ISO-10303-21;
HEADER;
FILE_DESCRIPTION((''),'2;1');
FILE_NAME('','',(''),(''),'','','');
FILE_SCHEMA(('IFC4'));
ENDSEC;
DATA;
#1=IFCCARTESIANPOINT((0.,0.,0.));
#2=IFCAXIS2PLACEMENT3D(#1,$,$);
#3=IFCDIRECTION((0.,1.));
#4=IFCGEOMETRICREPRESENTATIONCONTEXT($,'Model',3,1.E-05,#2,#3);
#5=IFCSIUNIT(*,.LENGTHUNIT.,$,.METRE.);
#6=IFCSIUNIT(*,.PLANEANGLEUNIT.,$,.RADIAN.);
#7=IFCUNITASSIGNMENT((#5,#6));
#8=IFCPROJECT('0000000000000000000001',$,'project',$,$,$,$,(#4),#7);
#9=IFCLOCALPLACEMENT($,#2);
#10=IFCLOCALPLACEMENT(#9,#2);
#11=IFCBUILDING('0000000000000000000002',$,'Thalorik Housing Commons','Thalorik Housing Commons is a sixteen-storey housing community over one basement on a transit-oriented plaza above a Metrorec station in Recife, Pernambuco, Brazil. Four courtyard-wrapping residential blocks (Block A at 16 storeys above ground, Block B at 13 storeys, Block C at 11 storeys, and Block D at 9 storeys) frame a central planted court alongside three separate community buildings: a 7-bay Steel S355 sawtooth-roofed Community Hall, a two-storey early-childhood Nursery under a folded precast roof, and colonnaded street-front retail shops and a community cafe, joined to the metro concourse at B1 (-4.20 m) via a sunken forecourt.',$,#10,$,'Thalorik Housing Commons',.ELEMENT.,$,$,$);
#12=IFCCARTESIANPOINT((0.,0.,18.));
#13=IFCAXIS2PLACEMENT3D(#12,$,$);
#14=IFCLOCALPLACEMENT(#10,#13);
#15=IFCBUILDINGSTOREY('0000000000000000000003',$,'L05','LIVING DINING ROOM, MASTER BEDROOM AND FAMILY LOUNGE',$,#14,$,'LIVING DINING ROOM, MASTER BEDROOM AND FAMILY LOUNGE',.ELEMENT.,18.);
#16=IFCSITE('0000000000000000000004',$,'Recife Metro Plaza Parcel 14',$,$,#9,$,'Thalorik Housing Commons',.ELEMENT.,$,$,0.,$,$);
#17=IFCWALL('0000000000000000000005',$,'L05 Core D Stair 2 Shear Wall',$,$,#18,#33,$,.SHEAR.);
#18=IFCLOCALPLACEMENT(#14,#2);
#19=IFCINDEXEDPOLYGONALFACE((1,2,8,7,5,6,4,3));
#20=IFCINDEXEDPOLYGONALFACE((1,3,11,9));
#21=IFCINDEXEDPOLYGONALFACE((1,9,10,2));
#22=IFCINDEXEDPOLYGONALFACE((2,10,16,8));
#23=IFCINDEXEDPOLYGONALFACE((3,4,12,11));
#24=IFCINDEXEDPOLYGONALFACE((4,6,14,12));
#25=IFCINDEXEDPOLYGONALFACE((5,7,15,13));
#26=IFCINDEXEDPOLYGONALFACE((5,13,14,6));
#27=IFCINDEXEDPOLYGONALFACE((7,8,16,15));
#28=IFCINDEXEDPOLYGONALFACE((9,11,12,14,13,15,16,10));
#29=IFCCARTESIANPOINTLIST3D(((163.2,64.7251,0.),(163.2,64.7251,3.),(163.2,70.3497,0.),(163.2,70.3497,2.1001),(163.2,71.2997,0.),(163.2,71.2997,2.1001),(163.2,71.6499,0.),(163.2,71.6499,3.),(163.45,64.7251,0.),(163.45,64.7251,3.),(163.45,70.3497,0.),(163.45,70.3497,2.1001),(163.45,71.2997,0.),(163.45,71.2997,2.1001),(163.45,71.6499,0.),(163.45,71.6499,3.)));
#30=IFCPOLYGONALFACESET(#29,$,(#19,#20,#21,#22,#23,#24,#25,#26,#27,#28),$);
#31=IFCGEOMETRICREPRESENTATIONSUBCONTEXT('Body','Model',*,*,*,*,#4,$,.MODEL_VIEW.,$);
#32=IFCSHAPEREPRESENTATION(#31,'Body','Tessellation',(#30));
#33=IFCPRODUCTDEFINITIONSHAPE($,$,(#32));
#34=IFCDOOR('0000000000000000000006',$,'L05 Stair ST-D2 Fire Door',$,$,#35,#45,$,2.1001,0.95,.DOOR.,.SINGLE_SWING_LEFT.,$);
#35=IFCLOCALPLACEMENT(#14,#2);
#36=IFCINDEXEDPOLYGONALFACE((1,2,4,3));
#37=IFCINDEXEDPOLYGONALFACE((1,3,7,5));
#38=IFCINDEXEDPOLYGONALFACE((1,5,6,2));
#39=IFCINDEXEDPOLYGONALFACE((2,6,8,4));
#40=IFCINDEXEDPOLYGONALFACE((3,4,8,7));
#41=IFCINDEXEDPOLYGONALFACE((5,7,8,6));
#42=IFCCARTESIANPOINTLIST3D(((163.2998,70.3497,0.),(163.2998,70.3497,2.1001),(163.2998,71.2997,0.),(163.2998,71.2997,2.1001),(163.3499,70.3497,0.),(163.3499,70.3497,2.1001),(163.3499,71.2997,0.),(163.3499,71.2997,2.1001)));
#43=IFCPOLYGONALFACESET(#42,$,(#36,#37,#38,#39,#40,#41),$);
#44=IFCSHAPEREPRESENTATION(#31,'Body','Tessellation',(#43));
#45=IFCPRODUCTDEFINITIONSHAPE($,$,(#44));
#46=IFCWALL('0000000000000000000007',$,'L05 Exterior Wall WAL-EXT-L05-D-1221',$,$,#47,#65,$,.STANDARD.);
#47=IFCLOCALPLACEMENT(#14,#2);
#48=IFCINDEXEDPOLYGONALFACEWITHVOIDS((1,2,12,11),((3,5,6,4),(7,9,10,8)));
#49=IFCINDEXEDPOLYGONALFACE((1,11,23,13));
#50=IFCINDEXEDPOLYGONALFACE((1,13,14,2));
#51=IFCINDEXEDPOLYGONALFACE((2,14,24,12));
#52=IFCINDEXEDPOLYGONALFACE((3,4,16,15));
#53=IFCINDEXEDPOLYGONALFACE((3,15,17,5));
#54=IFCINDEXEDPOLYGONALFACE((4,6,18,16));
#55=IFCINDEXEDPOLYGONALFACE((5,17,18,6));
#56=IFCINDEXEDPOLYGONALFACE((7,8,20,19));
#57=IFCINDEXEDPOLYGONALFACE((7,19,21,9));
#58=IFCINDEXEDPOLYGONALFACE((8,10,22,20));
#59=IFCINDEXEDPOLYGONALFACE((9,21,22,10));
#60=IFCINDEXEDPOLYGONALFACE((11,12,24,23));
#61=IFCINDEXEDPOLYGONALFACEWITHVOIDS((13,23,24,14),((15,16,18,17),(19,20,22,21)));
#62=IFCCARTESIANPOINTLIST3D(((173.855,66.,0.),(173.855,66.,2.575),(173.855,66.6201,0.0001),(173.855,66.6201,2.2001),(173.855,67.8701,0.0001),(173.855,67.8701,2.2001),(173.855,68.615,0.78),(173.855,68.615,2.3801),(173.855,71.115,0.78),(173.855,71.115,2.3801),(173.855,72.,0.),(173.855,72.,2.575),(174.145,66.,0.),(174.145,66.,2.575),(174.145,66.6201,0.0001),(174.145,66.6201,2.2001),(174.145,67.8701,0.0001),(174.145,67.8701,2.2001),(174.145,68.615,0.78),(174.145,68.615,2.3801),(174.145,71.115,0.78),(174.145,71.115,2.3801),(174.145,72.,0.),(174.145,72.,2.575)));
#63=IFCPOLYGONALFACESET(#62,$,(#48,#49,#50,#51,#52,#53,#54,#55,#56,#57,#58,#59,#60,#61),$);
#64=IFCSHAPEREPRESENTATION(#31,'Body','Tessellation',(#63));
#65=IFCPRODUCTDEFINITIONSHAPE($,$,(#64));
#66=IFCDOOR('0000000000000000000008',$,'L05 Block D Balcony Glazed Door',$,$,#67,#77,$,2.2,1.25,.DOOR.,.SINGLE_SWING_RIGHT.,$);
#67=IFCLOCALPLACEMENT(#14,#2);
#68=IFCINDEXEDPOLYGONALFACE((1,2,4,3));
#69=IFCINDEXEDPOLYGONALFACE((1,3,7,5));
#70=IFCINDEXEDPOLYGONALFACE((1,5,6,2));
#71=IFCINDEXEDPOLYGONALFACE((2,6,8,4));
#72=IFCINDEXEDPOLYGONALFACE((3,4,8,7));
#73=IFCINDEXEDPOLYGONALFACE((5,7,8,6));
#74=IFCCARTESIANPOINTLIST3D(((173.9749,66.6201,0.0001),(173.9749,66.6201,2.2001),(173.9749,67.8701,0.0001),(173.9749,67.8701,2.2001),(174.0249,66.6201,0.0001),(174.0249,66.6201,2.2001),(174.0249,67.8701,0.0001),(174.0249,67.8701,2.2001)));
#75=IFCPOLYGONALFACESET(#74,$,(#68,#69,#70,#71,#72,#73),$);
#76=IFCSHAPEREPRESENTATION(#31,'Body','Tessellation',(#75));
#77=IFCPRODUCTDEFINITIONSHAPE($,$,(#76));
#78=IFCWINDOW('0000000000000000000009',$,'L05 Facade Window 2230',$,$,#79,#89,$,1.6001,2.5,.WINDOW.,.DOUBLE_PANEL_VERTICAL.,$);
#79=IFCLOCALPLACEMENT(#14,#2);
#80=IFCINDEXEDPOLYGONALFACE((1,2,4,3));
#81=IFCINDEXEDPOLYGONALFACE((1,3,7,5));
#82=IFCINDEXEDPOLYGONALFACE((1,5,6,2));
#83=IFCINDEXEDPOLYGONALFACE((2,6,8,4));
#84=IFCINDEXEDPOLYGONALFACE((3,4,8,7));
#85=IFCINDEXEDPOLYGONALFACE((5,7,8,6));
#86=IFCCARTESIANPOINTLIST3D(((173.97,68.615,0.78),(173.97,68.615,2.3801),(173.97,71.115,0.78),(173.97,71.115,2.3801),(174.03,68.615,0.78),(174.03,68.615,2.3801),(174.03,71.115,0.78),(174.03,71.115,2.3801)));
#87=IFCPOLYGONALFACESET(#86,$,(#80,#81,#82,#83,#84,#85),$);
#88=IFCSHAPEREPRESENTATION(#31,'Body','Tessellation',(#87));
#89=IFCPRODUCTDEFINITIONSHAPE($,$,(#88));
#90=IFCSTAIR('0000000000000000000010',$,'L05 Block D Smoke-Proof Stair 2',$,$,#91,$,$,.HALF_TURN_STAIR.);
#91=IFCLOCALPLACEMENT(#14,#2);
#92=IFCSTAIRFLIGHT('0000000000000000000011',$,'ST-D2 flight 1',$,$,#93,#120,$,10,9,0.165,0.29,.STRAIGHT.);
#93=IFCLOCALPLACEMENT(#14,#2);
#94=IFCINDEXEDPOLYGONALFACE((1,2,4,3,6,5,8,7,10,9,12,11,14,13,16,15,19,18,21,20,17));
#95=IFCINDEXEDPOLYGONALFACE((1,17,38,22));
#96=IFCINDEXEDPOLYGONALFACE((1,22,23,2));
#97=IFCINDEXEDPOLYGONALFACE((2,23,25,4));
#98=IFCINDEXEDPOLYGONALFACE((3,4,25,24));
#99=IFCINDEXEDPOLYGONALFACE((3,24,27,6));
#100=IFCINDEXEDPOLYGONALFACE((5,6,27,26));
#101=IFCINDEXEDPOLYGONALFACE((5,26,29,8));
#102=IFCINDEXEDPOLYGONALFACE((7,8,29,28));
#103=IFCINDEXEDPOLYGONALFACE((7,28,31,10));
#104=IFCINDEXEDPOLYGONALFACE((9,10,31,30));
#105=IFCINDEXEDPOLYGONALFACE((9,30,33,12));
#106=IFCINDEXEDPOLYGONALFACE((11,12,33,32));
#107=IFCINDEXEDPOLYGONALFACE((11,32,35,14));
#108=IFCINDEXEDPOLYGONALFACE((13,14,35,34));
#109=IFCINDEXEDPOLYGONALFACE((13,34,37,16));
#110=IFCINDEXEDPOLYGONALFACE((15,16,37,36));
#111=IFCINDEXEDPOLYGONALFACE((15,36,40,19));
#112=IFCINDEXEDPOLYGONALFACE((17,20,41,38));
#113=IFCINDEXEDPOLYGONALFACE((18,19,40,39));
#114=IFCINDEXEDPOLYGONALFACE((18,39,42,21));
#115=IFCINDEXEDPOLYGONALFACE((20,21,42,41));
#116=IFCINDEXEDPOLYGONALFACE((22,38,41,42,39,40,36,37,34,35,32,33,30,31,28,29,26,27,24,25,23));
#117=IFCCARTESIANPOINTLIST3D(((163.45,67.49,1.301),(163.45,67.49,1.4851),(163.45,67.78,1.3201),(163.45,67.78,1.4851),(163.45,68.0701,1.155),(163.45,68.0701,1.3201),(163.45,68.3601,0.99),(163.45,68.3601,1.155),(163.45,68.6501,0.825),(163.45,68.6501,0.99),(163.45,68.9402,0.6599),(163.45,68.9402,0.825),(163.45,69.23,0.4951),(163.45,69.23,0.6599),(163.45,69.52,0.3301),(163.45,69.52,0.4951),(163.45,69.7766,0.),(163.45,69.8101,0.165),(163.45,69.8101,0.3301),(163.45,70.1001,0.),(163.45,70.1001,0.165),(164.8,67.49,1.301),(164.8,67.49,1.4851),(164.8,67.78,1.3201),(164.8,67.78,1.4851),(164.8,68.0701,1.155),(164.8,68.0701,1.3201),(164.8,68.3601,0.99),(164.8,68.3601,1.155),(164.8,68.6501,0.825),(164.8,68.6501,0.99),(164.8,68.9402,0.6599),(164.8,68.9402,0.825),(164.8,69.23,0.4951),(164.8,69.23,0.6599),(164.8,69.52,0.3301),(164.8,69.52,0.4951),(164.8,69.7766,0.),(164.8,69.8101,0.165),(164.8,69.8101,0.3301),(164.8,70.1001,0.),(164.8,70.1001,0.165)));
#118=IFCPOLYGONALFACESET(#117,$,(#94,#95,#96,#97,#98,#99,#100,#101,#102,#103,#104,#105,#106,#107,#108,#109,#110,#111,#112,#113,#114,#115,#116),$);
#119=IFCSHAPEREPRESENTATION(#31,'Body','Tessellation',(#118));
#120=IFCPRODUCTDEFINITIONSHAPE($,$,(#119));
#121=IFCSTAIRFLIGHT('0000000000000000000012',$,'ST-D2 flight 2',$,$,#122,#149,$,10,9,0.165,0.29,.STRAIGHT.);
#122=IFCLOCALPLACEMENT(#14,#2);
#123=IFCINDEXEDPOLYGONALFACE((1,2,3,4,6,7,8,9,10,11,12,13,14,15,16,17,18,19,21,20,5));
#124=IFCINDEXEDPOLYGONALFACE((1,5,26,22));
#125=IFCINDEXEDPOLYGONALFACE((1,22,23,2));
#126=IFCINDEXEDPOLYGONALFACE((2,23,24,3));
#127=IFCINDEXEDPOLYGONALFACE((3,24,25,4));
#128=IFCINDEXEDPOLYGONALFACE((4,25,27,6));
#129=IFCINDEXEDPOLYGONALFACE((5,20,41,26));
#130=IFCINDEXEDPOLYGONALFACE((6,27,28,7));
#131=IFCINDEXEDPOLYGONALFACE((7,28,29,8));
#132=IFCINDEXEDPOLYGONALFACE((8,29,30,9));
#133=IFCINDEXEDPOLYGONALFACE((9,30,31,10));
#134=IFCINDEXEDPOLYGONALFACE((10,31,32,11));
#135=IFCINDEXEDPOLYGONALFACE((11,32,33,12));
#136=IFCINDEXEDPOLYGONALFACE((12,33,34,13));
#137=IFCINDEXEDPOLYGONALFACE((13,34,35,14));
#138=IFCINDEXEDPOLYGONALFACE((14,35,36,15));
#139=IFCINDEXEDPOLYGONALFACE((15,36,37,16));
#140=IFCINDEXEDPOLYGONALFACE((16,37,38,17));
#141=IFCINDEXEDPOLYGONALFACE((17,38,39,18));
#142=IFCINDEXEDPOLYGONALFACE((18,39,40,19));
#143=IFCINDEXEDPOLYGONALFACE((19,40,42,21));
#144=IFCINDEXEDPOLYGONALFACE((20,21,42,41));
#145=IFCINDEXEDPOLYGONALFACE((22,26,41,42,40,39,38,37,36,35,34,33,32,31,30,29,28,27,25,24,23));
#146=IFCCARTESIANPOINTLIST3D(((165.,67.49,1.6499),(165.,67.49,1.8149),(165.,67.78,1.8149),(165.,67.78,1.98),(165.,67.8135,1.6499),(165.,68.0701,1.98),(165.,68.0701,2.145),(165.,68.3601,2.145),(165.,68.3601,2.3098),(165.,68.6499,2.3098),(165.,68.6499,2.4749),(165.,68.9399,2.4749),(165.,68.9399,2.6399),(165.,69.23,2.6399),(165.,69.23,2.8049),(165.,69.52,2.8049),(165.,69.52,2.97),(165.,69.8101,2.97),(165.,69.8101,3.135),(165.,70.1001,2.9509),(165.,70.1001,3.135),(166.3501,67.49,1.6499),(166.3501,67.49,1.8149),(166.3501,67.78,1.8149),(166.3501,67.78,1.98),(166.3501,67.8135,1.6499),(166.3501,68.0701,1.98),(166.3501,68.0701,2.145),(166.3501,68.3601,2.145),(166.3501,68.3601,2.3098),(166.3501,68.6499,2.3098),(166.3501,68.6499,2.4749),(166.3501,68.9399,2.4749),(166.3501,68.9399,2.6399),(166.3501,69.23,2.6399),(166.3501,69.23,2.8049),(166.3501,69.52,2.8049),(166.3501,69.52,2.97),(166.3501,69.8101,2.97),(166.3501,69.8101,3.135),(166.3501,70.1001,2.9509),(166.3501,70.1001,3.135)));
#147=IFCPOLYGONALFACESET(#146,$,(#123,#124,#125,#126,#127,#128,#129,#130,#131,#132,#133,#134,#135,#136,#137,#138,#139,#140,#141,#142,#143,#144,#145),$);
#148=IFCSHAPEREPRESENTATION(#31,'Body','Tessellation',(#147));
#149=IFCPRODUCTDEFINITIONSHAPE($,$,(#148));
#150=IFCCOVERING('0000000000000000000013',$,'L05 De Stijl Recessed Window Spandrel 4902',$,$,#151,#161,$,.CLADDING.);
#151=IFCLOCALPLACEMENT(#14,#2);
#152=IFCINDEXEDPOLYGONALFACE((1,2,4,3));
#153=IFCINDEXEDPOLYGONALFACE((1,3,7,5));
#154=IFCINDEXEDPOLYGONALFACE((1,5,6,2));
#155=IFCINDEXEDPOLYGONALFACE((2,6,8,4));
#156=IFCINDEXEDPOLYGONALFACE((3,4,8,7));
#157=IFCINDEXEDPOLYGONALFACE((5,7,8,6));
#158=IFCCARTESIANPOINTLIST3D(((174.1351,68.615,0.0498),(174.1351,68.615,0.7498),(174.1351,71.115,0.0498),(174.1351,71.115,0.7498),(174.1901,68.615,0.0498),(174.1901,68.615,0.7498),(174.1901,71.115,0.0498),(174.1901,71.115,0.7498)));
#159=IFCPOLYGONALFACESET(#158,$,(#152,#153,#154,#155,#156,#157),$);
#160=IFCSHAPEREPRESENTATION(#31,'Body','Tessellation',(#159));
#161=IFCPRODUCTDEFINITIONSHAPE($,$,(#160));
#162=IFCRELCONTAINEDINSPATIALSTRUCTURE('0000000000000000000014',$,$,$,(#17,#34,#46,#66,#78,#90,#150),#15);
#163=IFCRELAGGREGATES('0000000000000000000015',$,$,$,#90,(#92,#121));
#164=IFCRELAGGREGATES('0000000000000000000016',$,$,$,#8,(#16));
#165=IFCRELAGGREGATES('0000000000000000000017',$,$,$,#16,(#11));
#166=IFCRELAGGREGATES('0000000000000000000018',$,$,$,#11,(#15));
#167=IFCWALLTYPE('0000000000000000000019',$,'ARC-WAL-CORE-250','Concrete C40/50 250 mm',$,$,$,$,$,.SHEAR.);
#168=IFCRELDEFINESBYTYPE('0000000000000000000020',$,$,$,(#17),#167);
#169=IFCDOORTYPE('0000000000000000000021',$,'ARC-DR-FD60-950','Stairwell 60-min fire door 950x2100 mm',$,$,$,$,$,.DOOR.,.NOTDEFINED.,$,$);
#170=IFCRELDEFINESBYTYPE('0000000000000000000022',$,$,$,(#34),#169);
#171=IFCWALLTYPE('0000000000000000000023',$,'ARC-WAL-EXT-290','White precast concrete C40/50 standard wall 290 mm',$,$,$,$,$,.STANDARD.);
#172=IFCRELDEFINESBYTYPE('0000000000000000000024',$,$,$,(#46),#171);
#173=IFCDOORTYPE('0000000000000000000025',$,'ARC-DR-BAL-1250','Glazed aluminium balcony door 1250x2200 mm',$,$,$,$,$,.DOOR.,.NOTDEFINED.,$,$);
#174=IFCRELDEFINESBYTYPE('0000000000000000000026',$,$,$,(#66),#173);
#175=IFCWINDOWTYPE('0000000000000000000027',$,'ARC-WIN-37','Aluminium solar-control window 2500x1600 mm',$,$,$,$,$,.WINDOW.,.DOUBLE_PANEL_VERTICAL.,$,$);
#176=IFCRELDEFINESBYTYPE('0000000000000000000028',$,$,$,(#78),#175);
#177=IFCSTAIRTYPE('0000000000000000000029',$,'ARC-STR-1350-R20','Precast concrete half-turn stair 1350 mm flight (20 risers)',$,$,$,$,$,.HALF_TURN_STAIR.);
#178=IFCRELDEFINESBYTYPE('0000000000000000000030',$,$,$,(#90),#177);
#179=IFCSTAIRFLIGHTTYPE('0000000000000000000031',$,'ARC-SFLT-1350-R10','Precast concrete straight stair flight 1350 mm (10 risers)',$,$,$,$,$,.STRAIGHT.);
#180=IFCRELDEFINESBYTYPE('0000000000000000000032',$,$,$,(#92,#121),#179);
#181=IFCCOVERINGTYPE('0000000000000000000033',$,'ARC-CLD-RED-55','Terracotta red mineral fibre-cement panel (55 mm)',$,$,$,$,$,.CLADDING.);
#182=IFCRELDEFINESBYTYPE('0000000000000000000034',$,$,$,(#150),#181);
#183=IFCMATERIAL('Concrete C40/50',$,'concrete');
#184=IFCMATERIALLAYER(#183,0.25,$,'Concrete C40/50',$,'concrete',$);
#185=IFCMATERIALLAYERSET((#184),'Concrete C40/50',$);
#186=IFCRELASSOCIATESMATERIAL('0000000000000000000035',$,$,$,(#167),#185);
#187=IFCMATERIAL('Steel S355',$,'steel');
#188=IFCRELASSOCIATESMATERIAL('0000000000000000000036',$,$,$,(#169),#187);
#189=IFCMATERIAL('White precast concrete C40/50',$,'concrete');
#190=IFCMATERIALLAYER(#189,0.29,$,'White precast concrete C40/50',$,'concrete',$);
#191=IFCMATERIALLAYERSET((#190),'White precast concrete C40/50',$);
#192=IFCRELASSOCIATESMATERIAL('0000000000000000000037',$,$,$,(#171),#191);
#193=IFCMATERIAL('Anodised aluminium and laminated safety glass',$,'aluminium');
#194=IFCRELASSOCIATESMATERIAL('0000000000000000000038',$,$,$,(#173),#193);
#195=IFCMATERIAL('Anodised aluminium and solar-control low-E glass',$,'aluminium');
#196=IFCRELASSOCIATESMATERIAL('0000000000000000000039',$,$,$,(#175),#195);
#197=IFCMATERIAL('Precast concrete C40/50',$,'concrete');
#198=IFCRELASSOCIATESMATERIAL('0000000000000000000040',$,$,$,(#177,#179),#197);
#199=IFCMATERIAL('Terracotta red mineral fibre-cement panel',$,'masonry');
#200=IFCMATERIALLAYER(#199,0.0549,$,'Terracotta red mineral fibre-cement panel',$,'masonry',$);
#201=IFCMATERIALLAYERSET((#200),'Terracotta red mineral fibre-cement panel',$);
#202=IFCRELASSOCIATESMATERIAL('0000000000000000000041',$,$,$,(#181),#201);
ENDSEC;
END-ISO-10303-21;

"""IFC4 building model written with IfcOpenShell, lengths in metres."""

from ifc_helpers import new_model, si_unit, direction, frame, frame_2d, origin, origin_2d, place, context, subcontext, project, spatial, polyline, rectangle, outline, extrude, material, layer, layer_set, type_object, element, fill, aggregate, save


model = new_model("IFC4")

# Units and contexts
model_context = context("Model", 3, precision=1e-05, world=origin(), true_north=direction((0.0, 1.0)))
body_context = subcontext(model_context, "Body", "Model", "MODEL_VIEW")
ifc_project = project(units=[si_unit("LENGTHUNIT", "METRE"), si_unit("PLANEANGLEUNIT", "RADIAN")], contexts=[model_context])

# Site, building, storey
site_placement = place(None, origin())
site = spatial("IfcSite", under=ifc_project, at=site_placement, Name="Recife Metro Plaza Parcel 14", LongName="Thalorik Housing Commons", CompositionType="ELEMENT", RefElevation=0.0)
building_placement = place(site_placement, origin())
building = spatial("IfcBuilding", under=site, at=building_placement, Name="Thalorik Housing Commons", Description="Thalorik Housing Commons is a sixteen-storey housing community over one basement on a transit-oriented plaza above a Metrorec station in Recife, Pernambuco, Brazil. Four courtyard-wrapping residential blocks (Block A at 16 storeys above ground, Block B at 13 storeys, Block C at 11 storeys, and Block D at 9 storeys) frame a central planted court alongside three separate community buildings: a 7-bay Steel S355 sawtooth-roofed Community Hall, a two-storey early-childhood Nursery under a folded precast roof, and colonnaded street-front retail shops and a community cafe, joined to the metro concourse at B1 (-4.20 m) via a sunken forecourt.", LongName="Thalorik Housing Commons", CompositionType="ELEMENT")
storey_placement = place(building_placement, frame((0.0, 0.0, 18.0)))
storey = spatial("IfcBuildingStorey", under=building, at=storey_placement, Name="L05", Description="LIVING DINING ROOM, MASTER BEDROOM AND FAMILY LOUNGE", LongName="LIVING DINING ROOM, MASTER BEDROOM AND FAMILY LOUNGE", CompositionType="ELEMENT", Elevation=18.0)

# Shared definitions
ifc_material_1 = material(Name="Precast concrete C40/50", Category="concrete")

# Shared definitions
ifc_material_2 = material(Name="Anodised aluminium and solar-control low-E glass", Category="aluminium")

# Shared definitions
ifc_material_3 = material(Name="Concrete C40/50", Category="concrete")
ifc_layer_1 = layer(ifc_material_3, 0.25, Name="Concrete C40/50", Category="concrete")
ifc_layer_set_1 = layer_set([ifc_layer_1], Name="Concrete C40/50")
wall_type_1 = type_object("IfcWallType", Name="ARC-WAL-CORE-250", Description="Concrete C40/50 250 mm", PredefinedType="SHEAR", material=ifc_layer_set_1)

# Wall, opening, door
wall_1_placement = place(storey_placement, frame((163.325, 71.6499, 0.0), z_axis=(0.0, 0.0, 1.0), x_axis=(0.0, -1.0, 0.0)))
wall_1 = element("IfcWall", 1, at=wall_1_placement, inside=storey, type_object=wall_type_1, Name="L05 Core D Stair 2 Shear Wall", PredefinedType="SHEAR", context=body_context, shape_type="SweptSolid", body=[
    extrude(rectangle(XDim=6.9248, YDim=0.25, at=frame_2d((3.4624, 0.0))), origin(), (0.0, 0.0, 1.0), 3.0),
])
opening_1_placement = place(wall_1_placement, frame((0.3501, 0.0, 0.0)))
opening_1 = element("IfcOpeningElement", 2, at=opening_1_placement, cuts=wall_1, PredefinedType="OPENING", context=body_context, shape_type="SweptSolid", body=[
    extrude(rectangle(XDim=0.95, YDim=2.1001, at=frame_2d((0.4751, 1.05))), frame((0.0, 0.135, 0.0), z_axis=(0.0, -1.0, 0.0), x_axis=(1.0, 0.0, 0.0)), (0.0, 0.0, 1.0), 0.27),
])
ifc_material_4 = material(Name="Steel S355", Category="steel")
door_type_1 = type_object("IfcDoorType", Name="ARC-DR-FD60-950", Description="Stairwell 60-min fire door 950x2100 mm", OperationType="NOTDEFINED", PredefinedType="DOOR", material=ifc_material_4)
door_1_placement = place(opening_1_placement, origin())
door_1 = element("IfcDoor", 3, at=door_1_placement, inside=storey, type_object=door_type_1, Name="L05 Stair ST-D2 Fire Door", OperationType="SINGLE_SWING_LEFT", OverallHeight=2.1001, OverallWidth=0.95, PredefinedType="DOOR", context=body_context, shape_type="SweptSolid", body=[
    extrude(rectangle(XDim=0.95, YDim=2.1001, at=frame_2d((0.4751, 1.05))), frame((0.0, 0.0249, 0.0), z_axis=(0.0, -1.0, 0.0), x_axis=(1.0, 0.0, 0.0)), (0.0, 0.0, 1.0), 0.05),
])
fill(opening_1, door_1)

# Wall, openings, door, window
ifc_material_5 = material(Name="White precast concrete C40/50", Category="concrete")
ifc_layer_2 = layer(ifc_material_5, 0.29, Name="White precast concrete C40/50", Category="concrete")
ifc_layer_set_2 = layer_set([ifc_layer_2], Name="White precast concrete C40/50")
wall_type_2 = type_object("IfcWallType", Name="ARC-WAL-EXT-290", Description="White precast concrete C40/50 standard wall 290 mm", PredefinedType="STANDARD", material=ifc_layer_set_2)
wall_2_placement = place(storey_placement, frame((174.0, 66.0, 0.0), z_axis=(0.0, 0.0, 1.0), x_axis=(0.0, 1.0, 0.0)))
wall_2 = element("IfcWall", 4, at=wall_2_placement, inside=storey, type_object=wall_type_2, Name="L05 Exterior Wall WAL-EXT-L05-D-1221", PredefinedType="STANDARD", context=body_context, shape_type="SweptSolid", body=[
    extrude(rectangle(XDim=6.0, YDim=0.29, at=frame_2d((3.0, 0.0))), origin(), (0.0, 0.0, 1.0), 2.575),
])
opening_2_placement = place(wall_2_placement, frame((0.6201, 0.0, 0.0)))
opening_2 = element("IfcOpeningElement", 5, at=opening_2_placement, cuts=wall_2, PredefinedType="OPENING", context=body_context, shape_type="SweptSolid", body=[
    extrude(rectangle(XDim=1.25, YDim=2.2, at=frame_2d((0.625, 1.1001))), frame((0.0, 0.155, 0.0), z_axis=(0.0, -1.0, 0.0), x_axis=(1.0, 0.0, 0.0)), (0.0, 0.0, 1.0), 0.3101),
])
opening_3_placement = place(wall_2_placement, frame((2.615, 0.0, 0.78)))
opening_3 = element("IfcOpeningElement", 6, at=opening_3_placement, cuts=wall_2, PredefinedType="OPENING", context=body_context, shape_type="SweptSolid", body=[
    extrude(rectangle(XDim=2.5, YDim=1.6001, at=frame_2d((1.25, 0.8))), frame((0.0, 0.155, 0.0), z_axis=(0.0, -1.0, 0.0), x_axis=(1.0, 0.0, 0.0)), (0.0, 0.0, 1.0), 0.3101),
])
ifc_material_6 = material(Name="Anodised aluminium and laminated safety glass", Category="aluminium")
door_type_2 = type_object("IfcDoorType", Name="ARC-DR-BAL-1250", Description="Glazed aluminium balcony door 1250x2200 mm", OperationType="NOTDEFINED", PredefinedType="DOOR", material=ifc_material_6)
door_2_placement = place(opening_2_placement, frame((1.25, 0.0, 0.0), z_axis=(0.0, 0.0, 1.0), x_axis=(-1.0, 0.0, 0.0)))
door_2 = element("IfcDoor", 7, at=door_2_placement, inside=storey, type_object=door_type_2, Name="L05 Block D Balcony Glazed Door", OperationType="SINGLE_SWING_RIGHT", OverallHeight=2.2, OverallWidth=1.25, PredefinedType="DOOR", context=body_context, shape_type="SweptSolid", body=[
    extrude(rectangle(XDim=1.25, YDim=2.2, at=frame_2d((0.625, 1.1001))), frame((0.0, 0.0249, 0.0), z_axis=(0.0, -1.0, 0.0), x_axis=(1.0, 0.0, 0.0)), (0.0, 0.0, 1.0), 0.05),
])
fill(opening_2, door_2)
window_type = type_object("IfcWindowType", Name="ARC-WIN-37", Description="Aluminium solar-control window 2500x1600 mm", PartitioningType="DOUBLE_PANEL_VERTICAL", PredefinedType="WINDOW", material=ifc_material_2)
window_placement = place(opening_3_placement, origin())
window = element("IfcWindow", 8, at=window_placement, inside=storey, type_object=window_type, Name="L05 Facade Window 2230", OverallHeight=1.6001, OverallWidth=2.5, PartitioningType="DOUBLE_PANEL_VERTICAL", PredefinedType="WINDOW", context=body_context, shape_type="SweptSolid", body=[
    extrude(rectangle(XDim=2.5, YDim=1.6001, at=frame_2d((1.25, 0.8))), frame((0.0, 0.03, 0.0), z_axis=(0.0, -1.0, 0.0), x_axis=(1.0, 0.0, 0.0)), (0.0, 0.0, 1.0), 0.0601),
])
fill(opening_3, window)

# Stair, stair flights
stair_type = type_object("IfcStairType", Name="ARC-STR-1350-R20", Description="Precast concrete half-turn stair 1350 mm flight (20 risers)", PredefinedType="HALF_TURN_STAIR", material=ifc_material_1)
stair_placement = place(storey_placement, origin())
stair = element("IfcStair", 9, at=stair_placement, inside=storey, type_object=stair_type, Name="L05 Block D Smoke-Proof Stair 2", PredefinedType="HALF_TURN_STAIR")
stair_flight_type = type_object("IfcStairFlightType", Name="ARC-SFLT-1350-R10", Description="Precast concrete straight stair flight 1350 mm (10 risers)", PredefinedType="STRAIGHT", material=ifc_material_1)
stair_flight_1_placement = place(storey_placement, frame((164.125, 70.1001, 0.0), z_axis=(0.0, 0.0, 1.0), x_axis=(0.0, -1.0, 0.0)))
stair_flight_1 = element("IfcStairFlight", 10, at=stair_flight_1_placement, type_object=stair_flight_type, Name="ST-D2 flight 1", NumberOfRisers=10, NumberOfTreads=9, PredefinedType="STRAIGHT", RiserHeight=0.165, TreadLength=0.29, context=body_context, shape_type="SweptSolid", body=[
    extrude(outline(polyline([(0.0, 0.0), (0.0, 0.165), (0.29, 0.165), (0.29, 0.3301), (0.5801, 0.3301), (0.5801, 0.4951), (0.8701, 0.4951), (0.8701, 0.6599), (1.1599, 0.6599), (1.1599, 0.825), (1.45, 0.825), (1.45, 0.99), (1.74, 0.99), (1.74, 1.155), (2.03, 1.155), (2.03, 1.3201), (2.3201, 1.3201), (2.3201, 1.4851), (2.6101, 1.4851), (2.6101, 1.6499), (2.6101, 1.301), (0.3235, 0.0), (0.0, 0.0)])), frame((0.0, 0.675, 0.0), z_axis=(0.0, -1.0, 0.0), x_axis=(1.0, 0.0, 0.0)), (0.0, 0.0, 1.0), 1.3501),
])
stair_flight_2_placement = place(storey_placement, frame((165.675, 67.49, 1.6499), z_axis=(0.0, 0.0, 1.0), x_axis=(0.0, 1.0, 0.0)))
stair_flight_2 = element("IfcStairFlight", 11, at=stair_flight_2_placement, type_object=stair_flight_type, Name="ST-D2 flight 2", NumberOfRisers=10, NumberOfTreads=9, PredefinedType="STRAIGHT", RiserHeight=0.165, TreadLength=0.29, context=body_context, shape_type="SweptSolid", body=[
    extrude(outline(polyline([(0.0, 0.0), (0.0, 0.165), (0.29, 0.165), (0.29, 0.3301), (0.5801, 0.3301), (0.5801, 0.4951), (0.8701, 0.4951), (0.8701, 0.6599), (1.1599, 0.6599), (1.1599, 0.825), (1.45, 0.825), (1.45, 0.99), (1.74, 0.99), (1.74, 1.155), (2.03, 1.155), (2.03, 1.3201), (2.3201, 1.3201), (2.3201, 1.4851), (2.6101, 1.4851), (2.6101, 1.6499), (2.6101, 1.301), (0.3235, 0.0), (0.0, 0.0)])), frame((0.0, 0.675, 0.0), z_axis=(0.0, -1.0, 0.0), x_axis=(1.0, 0.0, 0.0)), (0.0, 0.0, 1.0), 1.3501),
])
aggregate(stair, [stair_flight_1, stair_flight_2])

# Covering
ifc_material_7 = material(Name="Terracotta red mineral fibre-cement panel", Category="masonry")
ifc_layer_3 = layer(ifc_material_7, 0.0549, Name="Terracotta red mineral fibre-cement panel", Category="masonry")
ifc_layer_set_3 = layer_set([ifc_layer_3], Name="Terracotta red mineral fibre-cement panel")
covering_type_1 = type_object("IfcCoveringType", Name="ARC-CLD-RED-55", Description="Terracotta red mineral fibre-cement panel (55 mm)", PredefinedType="CLADDING", material=ifc_layer_set_3)
covering_1_placement = place(storey_placement, frame((174.1626, 69.865, 0.0498), z_axis=(0.0, 0.0, 1.0), x_axis=(0.0, 1.0, 0.0)))
element("IfcCovering", 12, at=covering_1_placement, inside=storey, type_object=covering_type_1, Name="L05 De Stijl Recessed Window Spandrel 4902", PredefinedType="CLADDING", context=body_context, shape_type="SweptSolid", body=[
    extrude(rectangle(XDim=2.5, YDim=0.0549, at=origin_2d()), origin(), (0.0, 0.0, 1.0), 0.7),
])

save(model, "model.ifc")
